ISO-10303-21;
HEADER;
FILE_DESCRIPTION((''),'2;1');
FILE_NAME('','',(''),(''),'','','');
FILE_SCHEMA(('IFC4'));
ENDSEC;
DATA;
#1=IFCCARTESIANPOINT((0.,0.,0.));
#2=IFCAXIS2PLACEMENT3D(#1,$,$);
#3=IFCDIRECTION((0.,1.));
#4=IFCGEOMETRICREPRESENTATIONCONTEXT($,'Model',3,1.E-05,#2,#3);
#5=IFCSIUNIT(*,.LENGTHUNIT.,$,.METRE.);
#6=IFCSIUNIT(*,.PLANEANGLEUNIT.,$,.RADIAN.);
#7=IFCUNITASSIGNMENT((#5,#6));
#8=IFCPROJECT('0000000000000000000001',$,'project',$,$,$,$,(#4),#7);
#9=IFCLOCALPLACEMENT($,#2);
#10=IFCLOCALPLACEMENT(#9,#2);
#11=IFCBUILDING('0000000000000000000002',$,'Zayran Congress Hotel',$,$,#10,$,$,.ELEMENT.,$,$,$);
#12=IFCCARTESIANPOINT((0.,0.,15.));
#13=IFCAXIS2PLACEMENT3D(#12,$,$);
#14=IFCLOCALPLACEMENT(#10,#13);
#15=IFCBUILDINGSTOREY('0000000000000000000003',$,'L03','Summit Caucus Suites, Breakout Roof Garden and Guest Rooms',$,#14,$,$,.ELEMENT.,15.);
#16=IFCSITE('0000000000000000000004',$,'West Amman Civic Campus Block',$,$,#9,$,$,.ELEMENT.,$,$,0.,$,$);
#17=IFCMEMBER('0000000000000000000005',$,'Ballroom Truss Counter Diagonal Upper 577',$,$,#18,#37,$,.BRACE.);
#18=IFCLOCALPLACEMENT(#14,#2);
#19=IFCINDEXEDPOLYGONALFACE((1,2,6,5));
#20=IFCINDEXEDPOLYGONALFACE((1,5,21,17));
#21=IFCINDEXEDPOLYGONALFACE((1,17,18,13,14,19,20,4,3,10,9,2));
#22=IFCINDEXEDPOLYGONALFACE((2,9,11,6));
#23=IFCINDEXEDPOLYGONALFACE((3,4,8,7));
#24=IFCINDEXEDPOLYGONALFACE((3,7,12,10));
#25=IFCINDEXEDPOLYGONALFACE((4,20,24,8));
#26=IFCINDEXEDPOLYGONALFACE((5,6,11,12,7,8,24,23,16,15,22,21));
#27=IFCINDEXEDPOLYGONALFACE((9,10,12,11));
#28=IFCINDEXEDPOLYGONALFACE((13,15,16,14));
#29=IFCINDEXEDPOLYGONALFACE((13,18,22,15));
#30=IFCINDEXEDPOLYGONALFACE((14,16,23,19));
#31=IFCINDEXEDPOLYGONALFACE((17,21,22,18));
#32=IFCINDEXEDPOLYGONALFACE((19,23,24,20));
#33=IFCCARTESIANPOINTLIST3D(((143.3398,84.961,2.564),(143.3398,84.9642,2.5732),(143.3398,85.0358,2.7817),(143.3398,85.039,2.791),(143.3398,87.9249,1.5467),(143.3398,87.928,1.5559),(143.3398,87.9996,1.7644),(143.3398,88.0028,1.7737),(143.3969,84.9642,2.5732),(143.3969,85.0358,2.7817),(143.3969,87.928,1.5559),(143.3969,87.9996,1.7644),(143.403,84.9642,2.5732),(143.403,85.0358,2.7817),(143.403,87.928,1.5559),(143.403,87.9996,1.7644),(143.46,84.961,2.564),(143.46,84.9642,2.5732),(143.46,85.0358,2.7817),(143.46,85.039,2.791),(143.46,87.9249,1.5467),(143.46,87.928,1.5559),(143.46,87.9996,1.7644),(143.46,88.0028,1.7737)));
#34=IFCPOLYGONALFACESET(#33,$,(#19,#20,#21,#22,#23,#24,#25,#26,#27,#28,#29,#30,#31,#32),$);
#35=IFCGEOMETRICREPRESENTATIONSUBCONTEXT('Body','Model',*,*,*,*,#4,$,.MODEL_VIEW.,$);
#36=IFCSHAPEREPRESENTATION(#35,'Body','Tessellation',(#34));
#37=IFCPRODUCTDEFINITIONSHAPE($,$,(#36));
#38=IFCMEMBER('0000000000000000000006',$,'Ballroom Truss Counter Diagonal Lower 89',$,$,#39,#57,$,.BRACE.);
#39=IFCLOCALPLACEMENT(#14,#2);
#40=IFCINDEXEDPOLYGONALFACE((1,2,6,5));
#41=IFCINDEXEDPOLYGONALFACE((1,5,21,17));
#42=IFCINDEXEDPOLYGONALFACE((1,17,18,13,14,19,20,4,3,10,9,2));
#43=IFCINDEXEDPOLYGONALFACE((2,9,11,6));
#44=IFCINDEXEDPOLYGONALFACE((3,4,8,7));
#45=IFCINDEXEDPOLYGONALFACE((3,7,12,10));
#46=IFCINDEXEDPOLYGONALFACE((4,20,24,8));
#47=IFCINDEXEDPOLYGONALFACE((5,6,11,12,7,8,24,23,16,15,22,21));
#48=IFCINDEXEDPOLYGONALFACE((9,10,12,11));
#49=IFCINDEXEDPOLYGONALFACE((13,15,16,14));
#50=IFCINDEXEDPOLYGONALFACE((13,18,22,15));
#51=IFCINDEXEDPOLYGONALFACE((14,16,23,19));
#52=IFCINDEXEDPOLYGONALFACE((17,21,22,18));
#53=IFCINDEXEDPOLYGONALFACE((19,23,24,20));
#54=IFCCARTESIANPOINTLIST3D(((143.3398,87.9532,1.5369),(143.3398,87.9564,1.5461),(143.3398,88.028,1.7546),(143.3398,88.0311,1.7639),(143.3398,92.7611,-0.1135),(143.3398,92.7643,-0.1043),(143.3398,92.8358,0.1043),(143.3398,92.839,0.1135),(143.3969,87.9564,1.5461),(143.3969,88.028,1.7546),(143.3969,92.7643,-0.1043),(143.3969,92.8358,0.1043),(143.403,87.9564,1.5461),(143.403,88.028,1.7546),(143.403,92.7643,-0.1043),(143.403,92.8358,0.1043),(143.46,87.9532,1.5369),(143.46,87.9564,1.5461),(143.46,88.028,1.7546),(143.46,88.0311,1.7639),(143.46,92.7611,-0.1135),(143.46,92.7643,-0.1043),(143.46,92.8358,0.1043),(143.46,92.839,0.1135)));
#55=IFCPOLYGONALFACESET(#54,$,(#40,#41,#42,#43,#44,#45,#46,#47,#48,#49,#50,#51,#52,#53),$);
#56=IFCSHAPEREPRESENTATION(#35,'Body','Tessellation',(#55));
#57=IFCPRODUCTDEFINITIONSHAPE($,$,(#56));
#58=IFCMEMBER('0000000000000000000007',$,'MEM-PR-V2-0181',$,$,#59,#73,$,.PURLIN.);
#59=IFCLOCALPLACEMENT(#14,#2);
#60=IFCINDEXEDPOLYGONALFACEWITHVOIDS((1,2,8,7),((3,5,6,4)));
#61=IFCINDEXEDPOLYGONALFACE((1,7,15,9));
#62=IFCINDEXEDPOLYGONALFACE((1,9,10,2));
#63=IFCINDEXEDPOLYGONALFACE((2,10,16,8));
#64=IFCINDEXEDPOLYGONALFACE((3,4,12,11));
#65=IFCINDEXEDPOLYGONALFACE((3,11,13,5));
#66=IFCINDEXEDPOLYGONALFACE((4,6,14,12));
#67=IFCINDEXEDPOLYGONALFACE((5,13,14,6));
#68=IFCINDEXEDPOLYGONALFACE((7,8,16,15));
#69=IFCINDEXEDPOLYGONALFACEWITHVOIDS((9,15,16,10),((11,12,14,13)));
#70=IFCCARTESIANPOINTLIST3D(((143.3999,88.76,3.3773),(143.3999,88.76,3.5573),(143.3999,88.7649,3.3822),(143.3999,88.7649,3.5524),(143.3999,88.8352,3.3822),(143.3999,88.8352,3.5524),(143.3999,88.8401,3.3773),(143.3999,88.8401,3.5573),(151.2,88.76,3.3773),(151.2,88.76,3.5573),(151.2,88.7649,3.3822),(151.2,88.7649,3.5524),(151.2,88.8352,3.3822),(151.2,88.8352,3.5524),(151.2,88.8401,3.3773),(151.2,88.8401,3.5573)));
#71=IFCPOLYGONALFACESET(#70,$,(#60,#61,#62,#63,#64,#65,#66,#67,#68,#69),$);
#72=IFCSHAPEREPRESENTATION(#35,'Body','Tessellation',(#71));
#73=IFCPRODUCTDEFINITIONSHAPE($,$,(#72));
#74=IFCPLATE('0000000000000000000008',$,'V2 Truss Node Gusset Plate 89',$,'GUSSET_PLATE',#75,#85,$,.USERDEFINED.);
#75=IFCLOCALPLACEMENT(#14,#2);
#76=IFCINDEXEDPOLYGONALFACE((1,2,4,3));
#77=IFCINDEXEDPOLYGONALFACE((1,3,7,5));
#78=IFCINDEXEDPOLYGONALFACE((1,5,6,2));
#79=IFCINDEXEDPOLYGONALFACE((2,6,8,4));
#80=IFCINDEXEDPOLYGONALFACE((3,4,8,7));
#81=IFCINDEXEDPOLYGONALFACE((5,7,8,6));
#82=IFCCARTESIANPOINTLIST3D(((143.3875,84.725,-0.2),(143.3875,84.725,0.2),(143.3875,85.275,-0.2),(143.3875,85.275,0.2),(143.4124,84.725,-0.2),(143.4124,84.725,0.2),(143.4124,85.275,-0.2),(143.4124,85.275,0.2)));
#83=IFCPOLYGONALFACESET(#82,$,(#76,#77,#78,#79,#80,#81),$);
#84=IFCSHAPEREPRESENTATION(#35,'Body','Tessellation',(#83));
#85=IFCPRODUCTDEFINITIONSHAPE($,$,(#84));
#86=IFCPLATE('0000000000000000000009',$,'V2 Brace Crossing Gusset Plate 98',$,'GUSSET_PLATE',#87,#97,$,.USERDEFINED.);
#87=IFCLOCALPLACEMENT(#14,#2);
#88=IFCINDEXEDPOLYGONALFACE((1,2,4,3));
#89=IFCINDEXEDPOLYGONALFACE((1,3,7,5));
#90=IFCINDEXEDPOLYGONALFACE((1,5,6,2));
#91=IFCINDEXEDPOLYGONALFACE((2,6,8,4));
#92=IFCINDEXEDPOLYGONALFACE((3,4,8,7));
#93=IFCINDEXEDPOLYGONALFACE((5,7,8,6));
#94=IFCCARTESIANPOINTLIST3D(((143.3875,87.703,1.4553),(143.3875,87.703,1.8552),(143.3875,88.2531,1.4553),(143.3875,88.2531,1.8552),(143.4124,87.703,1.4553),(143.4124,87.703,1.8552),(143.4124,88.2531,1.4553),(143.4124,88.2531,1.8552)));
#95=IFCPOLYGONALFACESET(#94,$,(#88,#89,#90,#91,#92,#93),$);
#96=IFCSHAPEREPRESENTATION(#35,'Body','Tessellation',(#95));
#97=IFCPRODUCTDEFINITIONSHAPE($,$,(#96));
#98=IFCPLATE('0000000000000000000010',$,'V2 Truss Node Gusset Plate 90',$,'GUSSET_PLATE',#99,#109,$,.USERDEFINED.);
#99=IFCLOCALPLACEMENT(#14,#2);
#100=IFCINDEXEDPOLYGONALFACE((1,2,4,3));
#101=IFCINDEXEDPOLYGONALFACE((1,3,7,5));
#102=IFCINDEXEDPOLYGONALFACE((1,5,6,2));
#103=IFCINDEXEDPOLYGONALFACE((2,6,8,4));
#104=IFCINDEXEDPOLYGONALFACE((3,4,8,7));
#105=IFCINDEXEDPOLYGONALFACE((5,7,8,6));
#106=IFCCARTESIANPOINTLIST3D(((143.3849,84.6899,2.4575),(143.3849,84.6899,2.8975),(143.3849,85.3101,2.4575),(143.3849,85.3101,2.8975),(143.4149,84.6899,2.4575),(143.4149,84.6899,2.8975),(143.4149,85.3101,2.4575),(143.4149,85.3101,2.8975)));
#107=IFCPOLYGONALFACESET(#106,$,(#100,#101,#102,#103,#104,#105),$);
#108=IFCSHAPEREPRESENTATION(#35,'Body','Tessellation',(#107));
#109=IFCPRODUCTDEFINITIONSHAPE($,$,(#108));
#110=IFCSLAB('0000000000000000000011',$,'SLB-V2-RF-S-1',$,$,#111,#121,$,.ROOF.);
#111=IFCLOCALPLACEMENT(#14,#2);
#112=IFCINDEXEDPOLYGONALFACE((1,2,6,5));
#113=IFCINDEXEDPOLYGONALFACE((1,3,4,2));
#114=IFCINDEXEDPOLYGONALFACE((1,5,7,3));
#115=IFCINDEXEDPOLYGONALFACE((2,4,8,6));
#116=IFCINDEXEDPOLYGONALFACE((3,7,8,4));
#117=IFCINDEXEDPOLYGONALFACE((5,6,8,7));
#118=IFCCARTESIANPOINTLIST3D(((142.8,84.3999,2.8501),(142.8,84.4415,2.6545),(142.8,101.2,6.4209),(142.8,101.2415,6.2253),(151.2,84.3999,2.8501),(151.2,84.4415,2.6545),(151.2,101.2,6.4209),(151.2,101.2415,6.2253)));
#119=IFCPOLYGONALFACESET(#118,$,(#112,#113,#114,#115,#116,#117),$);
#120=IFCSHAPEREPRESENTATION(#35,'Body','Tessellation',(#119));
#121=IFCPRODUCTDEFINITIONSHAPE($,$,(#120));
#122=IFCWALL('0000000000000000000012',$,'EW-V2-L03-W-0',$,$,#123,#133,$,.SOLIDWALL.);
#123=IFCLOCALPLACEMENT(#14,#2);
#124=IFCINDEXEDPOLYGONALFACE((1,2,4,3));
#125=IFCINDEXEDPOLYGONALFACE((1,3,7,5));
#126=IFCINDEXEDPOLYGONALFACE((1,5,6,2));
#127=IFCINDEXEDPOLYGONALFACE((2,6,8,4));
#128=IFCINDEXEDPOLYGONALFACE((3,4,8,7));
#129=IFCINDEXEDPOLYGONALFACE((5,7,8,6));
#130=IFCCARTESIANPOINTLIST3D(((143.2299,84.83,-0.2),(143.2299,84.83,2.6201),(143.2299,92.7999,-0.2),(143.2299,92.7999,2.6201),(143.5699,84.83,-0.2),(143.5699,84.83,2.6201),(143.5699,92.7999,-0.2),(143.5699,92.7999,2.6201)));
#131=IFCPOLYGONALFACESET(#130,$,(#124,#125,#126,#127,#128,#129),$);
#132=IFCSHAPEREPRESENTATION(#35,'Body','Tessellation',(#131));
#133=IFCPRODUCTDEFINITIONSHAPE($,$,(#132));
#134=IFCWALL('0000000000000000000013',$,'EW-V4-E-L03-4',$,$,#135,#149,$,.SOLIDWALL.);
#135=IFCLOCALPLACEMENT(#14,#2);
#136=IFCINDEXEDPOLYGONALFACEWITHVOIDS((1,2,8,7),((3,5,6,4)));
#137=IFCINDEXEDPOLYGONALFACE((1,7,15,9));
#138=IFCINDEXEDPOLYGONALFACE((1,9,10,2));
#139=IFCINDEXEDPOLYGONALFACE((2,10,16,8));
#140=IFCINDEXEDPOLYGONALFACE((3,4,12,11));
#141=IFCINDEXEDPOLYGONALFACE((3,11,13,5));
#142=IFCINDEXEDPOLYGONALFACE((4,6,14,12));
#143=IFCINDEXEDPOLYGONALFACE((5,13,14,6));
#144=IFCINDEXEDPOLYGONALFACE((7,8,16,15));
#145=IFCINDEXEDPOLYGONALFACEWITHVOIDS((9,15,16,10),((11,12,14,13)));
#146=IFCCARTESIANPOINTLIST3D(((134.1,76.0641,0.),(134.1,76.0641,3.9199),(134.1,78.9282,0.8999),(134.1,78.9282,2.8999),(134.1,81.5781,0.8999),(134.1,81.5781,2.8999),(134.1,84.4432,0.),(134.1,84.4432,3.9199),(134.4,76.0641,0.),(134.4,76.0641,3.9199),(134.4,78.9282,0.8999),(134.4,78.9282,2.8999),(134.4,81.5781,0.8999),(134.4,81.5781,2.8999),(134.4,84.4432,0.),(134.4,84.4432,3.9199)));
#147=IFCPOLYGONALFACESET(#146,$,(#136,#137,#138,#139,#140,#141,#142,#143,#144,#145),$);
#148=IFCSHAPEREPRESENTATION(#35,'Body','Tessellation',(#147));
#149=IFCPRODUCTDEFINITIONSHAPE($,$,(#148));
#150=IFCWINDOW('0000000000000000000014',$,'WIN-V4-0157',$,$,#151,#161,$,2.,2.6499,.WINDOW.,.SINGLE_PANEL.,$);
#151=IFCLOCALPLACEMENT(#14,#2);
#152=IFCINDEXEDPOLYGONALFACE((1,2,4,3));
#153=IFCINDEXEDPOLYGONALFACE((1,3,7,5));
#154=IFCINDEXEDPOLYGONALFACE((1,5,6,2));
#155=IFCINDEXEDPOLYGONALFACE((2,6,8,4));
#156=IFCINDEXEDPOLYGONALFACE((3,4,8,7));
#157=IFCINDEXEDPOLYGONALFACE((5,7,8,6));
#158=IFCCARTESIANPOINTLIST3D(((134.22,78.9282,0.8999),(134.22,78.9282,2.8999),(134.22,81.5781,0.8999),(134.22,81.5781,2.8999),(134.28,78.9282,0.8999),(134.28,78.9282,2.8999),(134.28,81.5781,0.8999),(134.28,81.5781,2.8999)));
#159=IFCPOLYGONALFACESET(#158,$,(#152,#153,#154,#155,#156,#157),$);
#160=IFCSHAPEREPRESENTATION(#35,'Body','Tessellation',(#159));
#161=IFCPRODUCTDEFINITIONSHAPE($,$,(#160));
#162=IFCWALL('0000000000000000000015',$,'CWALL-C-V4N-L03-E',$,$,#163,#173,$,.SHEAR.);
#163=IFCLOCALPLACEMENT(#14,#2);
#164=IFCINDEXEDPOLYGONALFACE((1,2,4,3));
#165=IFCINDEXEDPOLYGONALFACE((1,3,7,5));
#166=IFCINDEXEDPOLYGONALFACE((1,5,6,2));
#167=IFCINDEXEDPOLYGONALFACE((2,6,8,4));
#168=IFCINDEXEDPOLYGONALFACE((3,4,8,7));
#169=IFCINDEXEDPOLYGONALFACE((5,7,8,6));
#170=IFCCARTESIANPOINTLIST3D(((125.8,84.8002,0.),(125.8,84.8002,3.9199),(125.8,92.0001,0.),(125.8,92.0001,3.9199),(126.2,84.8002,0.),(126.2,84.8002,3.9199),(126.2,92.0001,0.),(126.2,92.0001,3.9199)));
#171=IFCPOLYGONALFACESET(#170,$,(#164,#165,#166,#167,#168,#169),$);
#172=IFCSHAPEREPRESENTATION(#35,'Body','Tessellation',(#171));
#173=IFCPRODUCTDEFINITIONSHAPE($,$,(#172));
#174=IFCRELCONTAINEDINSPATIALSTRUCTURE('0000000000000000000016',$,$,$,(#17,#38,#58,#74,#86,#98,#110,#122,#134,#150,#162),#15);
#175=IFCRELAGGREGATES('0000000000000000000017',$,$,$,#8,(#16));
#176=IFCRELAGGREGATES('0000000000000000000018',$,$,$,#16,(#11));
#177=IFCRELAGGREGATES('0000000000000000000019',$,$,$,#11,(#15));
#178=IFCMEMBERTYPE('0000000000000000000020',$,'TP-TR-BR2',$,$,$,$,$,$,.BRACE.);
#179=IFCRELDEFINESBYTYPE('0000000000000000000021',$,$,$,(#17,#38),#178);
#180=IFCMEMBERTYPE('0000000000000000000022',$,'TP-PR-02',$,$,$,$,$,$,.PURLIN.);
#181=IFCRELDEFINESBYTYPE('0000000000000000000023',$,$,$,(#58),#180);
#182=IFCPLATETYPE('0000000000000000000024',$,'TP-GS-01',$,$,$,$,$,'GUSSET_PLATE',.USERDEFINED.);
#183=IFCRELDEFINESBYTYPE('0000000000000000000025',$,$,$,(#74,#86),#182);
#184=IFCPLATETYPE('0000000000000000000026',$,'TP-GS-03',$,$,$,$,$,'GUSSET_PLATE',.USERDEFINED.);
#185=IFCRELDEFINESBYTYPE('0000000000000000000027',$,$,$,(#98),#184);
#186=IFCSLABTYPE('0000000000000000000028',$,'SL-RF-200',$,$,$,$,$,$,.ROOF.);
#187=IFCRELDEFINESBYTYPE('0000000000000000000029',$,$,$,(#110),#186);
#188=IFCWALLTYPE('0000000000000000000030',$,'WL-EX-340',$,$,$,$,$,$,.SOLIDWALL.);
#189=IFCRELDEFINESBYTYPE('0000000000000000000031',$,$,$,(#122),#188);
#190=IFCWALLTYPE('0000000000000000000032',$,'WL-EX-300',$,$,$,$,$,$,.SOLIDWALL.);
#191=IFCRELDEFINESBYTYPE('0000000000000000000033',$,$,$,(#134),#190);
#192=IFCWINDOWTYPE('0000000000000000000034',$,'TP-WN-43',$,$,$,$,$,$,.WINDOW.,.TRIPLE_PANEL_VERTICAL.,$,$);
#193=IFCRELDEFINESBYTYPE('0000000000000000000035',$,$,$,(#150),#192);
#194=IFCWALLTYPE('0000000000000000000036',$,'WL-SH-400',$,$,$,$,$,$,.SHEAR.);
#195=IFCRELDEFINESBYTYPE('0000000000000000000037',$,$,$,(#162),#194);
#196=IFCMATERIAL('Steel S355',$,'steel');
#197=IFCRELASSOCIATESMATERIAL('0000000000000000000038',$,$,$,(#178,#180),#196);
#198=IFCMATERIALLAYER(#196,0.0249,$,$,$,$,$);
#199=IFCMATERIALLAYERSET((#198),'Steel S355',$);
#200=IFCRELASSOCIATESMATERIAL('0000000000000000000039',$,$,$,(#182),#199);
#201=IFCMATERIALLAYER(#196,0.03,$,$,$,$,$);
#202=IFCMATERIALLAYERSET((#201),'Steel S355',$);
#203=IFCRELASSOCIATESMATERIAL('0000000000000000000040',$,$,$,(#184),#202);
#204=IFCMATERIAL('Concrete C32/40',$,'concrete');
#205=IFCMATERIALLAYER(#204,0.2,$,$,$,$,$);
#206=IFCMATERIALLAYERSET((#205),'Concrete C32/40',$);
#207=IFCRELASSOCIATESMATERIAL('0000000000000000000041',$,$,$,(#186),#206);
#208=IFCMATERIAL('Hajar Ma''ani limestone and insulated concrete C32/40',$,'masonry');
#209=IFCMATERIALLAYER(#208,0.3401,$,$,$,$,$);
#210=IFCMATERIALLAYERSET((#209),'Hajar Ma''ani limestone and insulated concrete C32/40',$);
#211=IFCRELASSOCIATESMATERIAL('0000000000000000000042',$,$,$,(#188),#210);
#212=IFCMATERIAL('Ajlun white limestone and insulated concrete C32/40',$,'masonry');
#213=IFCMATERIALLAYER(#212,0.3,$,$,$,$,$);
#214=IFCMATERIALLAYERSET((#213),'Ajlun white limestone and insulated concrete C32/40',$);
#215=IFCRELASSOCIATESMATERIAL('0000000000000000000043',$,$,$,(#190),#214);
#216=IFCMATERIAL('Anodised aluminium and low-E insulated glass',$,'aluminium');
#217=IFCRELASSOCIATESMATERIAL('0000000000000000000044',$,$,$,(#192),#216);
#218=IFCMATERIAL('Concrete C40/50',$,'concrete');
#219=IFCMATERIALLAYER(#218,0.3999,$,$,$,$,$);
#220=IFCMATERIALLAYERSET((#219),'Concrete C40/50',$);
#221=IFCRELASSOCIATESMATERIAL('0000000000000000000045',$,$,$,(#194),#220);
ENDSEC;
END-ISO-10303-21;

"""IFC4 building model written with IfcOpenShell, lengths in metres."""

from ifc_helpers import new_model, si_unit, direction, frame, frame_2d, origin, origin_2d, place, context, subcontext, project, spatial, polyline, rectangle, hollow_rectangle, i_section, outline, extrude, material, layer, layer_set, material_profile, profile_set, type_object, element, fill, save


model = new_model("IFC4")

# Units and contexts
model_context = context("Model", 3, precision=1e-05, world=origin(), true_north=direction((0.0, 1.0)))
body_context = subcontext(model_context, "Body", "Model", "MODEL_VIEW")
ifc_project = project(units=[si_unit("LENGTHUNIT", "METRE"), si_unit("PLANEANGLEUNIT", "RADIAN")], contexts=[model_context])

# Site, building, storey
site_placement = place(None, origin())
site = spatial("IfcSite", under=ifc_project, at=site_placement, Name="West Amman Civic Campus Block", CompositionType="ELEMENT", RefElevation=0.0)
building_placement = place(site_placement, origin())
building = spatial("IfcBuilding", under=site, at=building_placement, Name="Zayran Congress Hotel", CompositionType="ELEMENT")
storey_placement = place(building_placement, frame((0.0, 0.0, 15.0)))
storey = spatial("IfcBuildingStorey", under=building, at=storey_placement, Name="L03", Description="Summit Caucus Suites, Breakout Roof Garden and Guest Rooms", CompositionType="ELEMENT", Elevation=15.0)

# Shared definitions
ifc_material_1 = material(Name="Concrete C40/50", Category="concrete")
ifc_material_2 = material(Name="Steel S355", Category="steel")

# Members
ifc_material_profile_1 = material_profile(ifc_material_2, i_section(OverallWidth=0.1201, OverallDepth=0.24, WebThickness=0.0061, FlangeThickness=0.0098, at=origin_2d()), Name="IPE 240")
ifc_profile_set_1 = profile_set([ifc_material_profile_1], Name="Steel S355")
member_type_1 = type_object("IfcMemberType", Name="TP-TR-BR2", PredefinedType="BRACE", material=ifc_profile_set_1)
member_1_placement = place(storey_placement, frame((143.3999, 85.0, 2.6775), z_axis=(0.0, 0.945833, -0.324653), x_axis=(-1.0, 0.0, 0.0)))
element("IfcMember", 1, at=member_1_placement, inside=storey, type_object=member_type_1, Name="Ballroom Truss Counter Diagonal Upper 577", PredefinedType="BRACE", context=body_context, shape_type="SweptSolid", body=[
    extrude(i_section(OverallWidth=0.1201, OverallDepth=0.24, WebThickness=0.0061, FlangeThickness=0.0098, at=origin_2d()), origin(), (0.0, 0.0, 1.0), 3.1335),
])
member_2_placement = place(storey_placement, frame((143.3999, 87.9922, 1.6504), z_axis=(0.0, 0.945826, -0.324673), x_axis=(-1.0, 0.0, 0.0)))
element("IfcMember", 2, at=member_2_placement, inside=storey, type_object=member_type_1, Name="Ballroom Truss Counter Diagonal Lower 89", PredefinedType="BRACE", context=body_context, shape_type="SweptSolid", body=[
    extrude(i_section(OverallWidth=0.1201, OverallDepth=0.24, WebThickness=0.0061, FlangeThickness=0.0098, at=origin_2d()), origin(), (0.0, 0.0, 1.0), 5.0833),
])
ifc_material_profile_2 = material_profile(ifc_material_2, hollow_rectangle(XDim=0.0801, YDim=0.1799, WallThickness=0.0049, at=origin_2d()), Name="RHS 180x80x5")
ifc_profile_set_2 = profile_set([ifc_material_profile_2], Name="Steel S355")
member_type_2 = type_object("IfcMemberType", Name="TP-PR-02", PredefinedType="PURLIN", material=ifc_profile_set_2)
member_3_placement = place(storey_placement, frame((143.3999, 88.8, 3.4673), z_axis=(1.0, 0.0, 0.0), x_axis=(0.0, 1.0, 0.0)))
element("IfcMember", 3, at=member_3_placement, inside=storey, type_object=member_type_2, Name="MEM-PR-V2-0181", PredefinedType="PURLIN", context=body_context, shape_type="SweptSolid", body=[
    extrude(hollow_rectangle(XDim=0.0801, YDim=0.1799, WallThickness=0.0049, at=origin_2d()), origin(), (0.0, 0.0, 1.0), 7.8),
])

# Plates
ifc_layer_1 = layer(ifc_material_2, 0.0249)
ifc_layer_set_1 = layer_set([ifc_layer_1], Name="Steel S355")
plate_type_1 = type_object("IfcPlateType", Name="TP-GS-01", ElementType="GUSSET_PLATE", PredefinedType="USERDEFINED", material=ifc_layer_set_1)
for number, where, z_axis, x_axis, name in (
    (4, (143.3999, 85.0, -0.2), (0.0, 0.0, 1.0), (0.0, 1.0, 0.0), "V2 Truss Node Gusset Plate 89"),
    (5, (143.3999, 87.978, 1.4553), (0.0, 0.0, 1.0), (0.0, 1.0, 0.0), "V2 Brace Crossing Gusset Plate 98"),
):
    element("IfcPlate", number, at=place(storey_placement, frame(where, z_axis=z_axis, x_axis=x_axis)), inside=storey, type_object=plate_type_1, Name=name, ObjectType="GUSSET_PLATE", PredefinedType="USERDEFINED", context=body_context, shape_type="SweptSolid", body=[
        extrude(rectangle(XDim=0.55, YDim=0.0249, at=origin_2d()), origin(), (0.0, 0.0, 1.0), 0.3999),
    ])
ifc_layer_2 = layer(ifc_material_2, 0.03)
ifc_layer_set_2 = layer_set([ifc_layer_2], Name="Steel S355")
plate_type_2 = type_object("IfcPlateType", Name="TP-GS-03", ElementType="GUSSET_PLATE", PredefinedType="USERDEFINED", material=ifc_layer_set_2)
plate_placement = place(storey_placement, frame((143.3999, 85.0, 2.4575), z_axis=(0.0, 0.0, 1.0), x_axis=(0.0, 1.0, 0.0)))
element("IfcPlate", 6, at=plate_placement, inside=storey, type_object=plate_type_2, Name="V2 Truss Node Gusset Plate 90", ObjectType="GUSSET_PLATE", PredefinedType="USERDEFINED", context=body_context, shape_type="SweptSolid", body=[
    extrude(rectangle(XDim=0.6201, YDim=0.03, at=origin_2d()), origin(), (0.0, 0.0, 1.0), 0.4399),
])

# Slab
ifc_material_3 = material(Name="Concrete C32/40", Category="concrete")
ifc_layer_3 = layer(ifc_material_3, 0.2)
ifc_layer_set_3 = layer_set([ifc_layer_3], Name="Concrete C32/40")
slab_type = type_object("IfcSlabType", Name="SL-RF-200", PredefinedType="ROOF", material=ifc_layer_set_3)
slab_placement = place(storey_placement, frame((142.8, 84.3999, 2.8501), z_axis=(0.0, -0.207903, 0.978149), x_axis=(1.0, 0.0, 0.0)))
element("IfcSlab", 7, at=slab_placement, inside=storey, type_object=slab_type, Name="SLB-V2-RF-S-1", PredefinedType="ROOF", context=body_context, shape_type="SweptSolid", body=[
    extrude(outline(polyline([(0.0, 0.0), (8.3999, 0.0), (8.3999, 17.1753), (0.0, 17.1753), (0.0, 0.0)])), origin(), (0.0, 0.0, -1.0), 0.2),
])

# Wall
ifc_material_4 = material(Name="Hajar Ma'ani limestone and insulated concrete C32/40", Category="masonry")
ifc_layer_4 = layer(ifc_material_4, 0.3401)
ifc_layer_set_4 = layer_set([ifc_layer_4], Name="Hajar Ma'ani limestone and insulated concrete C32/40")
wall_type_1 = type_object("IfcWallType", Name="WL-EX-340", PredefinedType="SOLIDWALL", material=ifc_layer_set_4)
wall_1_placement = place(storey_placement, frame((143.3999, 84.8301, -0.2), z_axis=(0.0, 0.0, 1.0), x_axis=(0.0, 1.0, 0.0)))
element("IfcWall", 8, at=wall_1_placement, inside=storey, type_object=wall_type_1, Name="EW-V2-L03-W-0", PredefinedType="SOLIDWALL", context=body_context, shape_type="SweptSolid", body=[
    extrude(rectangle(XDim=7.97, YDim=0.3401, at=frame_2d((3.9849, 0.0))), origin(), (0.0, 0.0, 1.0), 2.8201),
])

# Wall, opening, window
ifc_material_5 = material(Name="Ajlun white limestone and insulated concrete C32/40", Category="masonry")
ifc_layer_5 = layer(ifc_material_5, 0.3)
ifc_layer_set_5 = layer_set([ifc_layer_5], Name="Ajlun white limestone and insulated concrete C32/40")
wall_type_2 = type_object("IfcWallType", Name="WL-EX-300", PredefinedType="SOLIDWALL", material=ifc_layer_set_5)
wall_2_placement = place(storey_placement, frame((134.25, 84.4431, 0.0), z_axis=(0.0, 0.0, 1.0), x_axis=(0.0, -1.0, 0.0)))
wall_2 = element("IfcWall", 9, at=wall_2_placement, inside=storey, type_object=wall_type_2, Name="EW-V4-E-L03-4", PredefinedType="SOLIDWALL", context=body_context, shape_type="SweptSolid", body=[
    extrude(rectangle(XDim=8.3792, YDim=0.3, at=frame_2d((4.1895, 0.0))), origin(), (0.0, 0.0, 1.0), 3.9199),
])
opening_1_placement = place(wall_2_placement, frame((2.865, 0.0, 0.8999)))
opening_1 = element("IfcOpeningElement", 10, at=opening_1_placement, cuts=wall_2, PredefinedType="OPENING", context=body_context, shape_type="SweptSolid", body=[
    extrude(rectangle(XDim=2.6499, YDim=2.0, at=frame_2d((1.325, 1.0))), frame((0.0, 0.1599, 0.0), z_axis=(0.0, -1.0, 0.0), x_axis=(1.0, 0.0, 0.0)), (0.0, 0.0, 1.0), 0.3201),
])
ifc_material_6 = material(Name="Anodised aluminium and low-E insulated glass", Category="aluminium")
window_type = type_object("IfcWindowType", Name="TP-WN-43", PartitioningType="TRIPLE_PANEL_VERTICAL", PredefinedType="WINDOW", material=ifc_material_6)
window_placement = place(opening_1_placement, origin())
window = element("IfcWindow", 11, at=window_placement, inside=storey, type_object=window_type, Name="WIN-V4-0157", OverallHeight=2.0, OverallWidth=2.6499, PartitioningType="SINGLE_PANEL", PredefinedType="WINDOW", context=body_context, shape_type="SweptSolid", body=[
    extrude(rectangle(XDim=2.6499, YDim=2.0, at=frame_2d((1.325, 1.0))), frame((0.0, 0.03, 0.0), z_axis=(0.0, -1.0, 0.0), x_axis=(1.0, 0.0, 0.0)), (0.0, 0.0, 1.0), 0.0601),
])
fill(opening_1, window)

# Wall
ifc_layer_6 = layer(ifc_material_1, 0.3999)
ifc_layer_set_6 = layer_set([ifc_layer_6], Name="Concrete C40/50")
wall_type_3 = type_object("IfcWallType", Name="WL-SH-400", PredefinedType="SHEAR", material=ifc_layer_set_6)
wall_3_placement = place(storey_placement, frame((126.0, 84.8, 0.0), z_axis=(0.0, 0.0, 1.0), x_axis=(0.0, 1.0, 0.0)))
element("IfcWall", 12, at=wall_3_placement, inside=storey, type_object=wall_type_3, Name="CWALL-C-V4N-L03-E", PredefinedType="SHEAR", context=body_context, shape_type="SweptSolid", body=[
    extrude(rectangle(XDim=7.2, YDim=0.3999, at=frame_2d((3.6001, 0.0))), origin(), (0.0, 0.0, 1.0), 3.9199),
])

save(model, "model.ifc")
